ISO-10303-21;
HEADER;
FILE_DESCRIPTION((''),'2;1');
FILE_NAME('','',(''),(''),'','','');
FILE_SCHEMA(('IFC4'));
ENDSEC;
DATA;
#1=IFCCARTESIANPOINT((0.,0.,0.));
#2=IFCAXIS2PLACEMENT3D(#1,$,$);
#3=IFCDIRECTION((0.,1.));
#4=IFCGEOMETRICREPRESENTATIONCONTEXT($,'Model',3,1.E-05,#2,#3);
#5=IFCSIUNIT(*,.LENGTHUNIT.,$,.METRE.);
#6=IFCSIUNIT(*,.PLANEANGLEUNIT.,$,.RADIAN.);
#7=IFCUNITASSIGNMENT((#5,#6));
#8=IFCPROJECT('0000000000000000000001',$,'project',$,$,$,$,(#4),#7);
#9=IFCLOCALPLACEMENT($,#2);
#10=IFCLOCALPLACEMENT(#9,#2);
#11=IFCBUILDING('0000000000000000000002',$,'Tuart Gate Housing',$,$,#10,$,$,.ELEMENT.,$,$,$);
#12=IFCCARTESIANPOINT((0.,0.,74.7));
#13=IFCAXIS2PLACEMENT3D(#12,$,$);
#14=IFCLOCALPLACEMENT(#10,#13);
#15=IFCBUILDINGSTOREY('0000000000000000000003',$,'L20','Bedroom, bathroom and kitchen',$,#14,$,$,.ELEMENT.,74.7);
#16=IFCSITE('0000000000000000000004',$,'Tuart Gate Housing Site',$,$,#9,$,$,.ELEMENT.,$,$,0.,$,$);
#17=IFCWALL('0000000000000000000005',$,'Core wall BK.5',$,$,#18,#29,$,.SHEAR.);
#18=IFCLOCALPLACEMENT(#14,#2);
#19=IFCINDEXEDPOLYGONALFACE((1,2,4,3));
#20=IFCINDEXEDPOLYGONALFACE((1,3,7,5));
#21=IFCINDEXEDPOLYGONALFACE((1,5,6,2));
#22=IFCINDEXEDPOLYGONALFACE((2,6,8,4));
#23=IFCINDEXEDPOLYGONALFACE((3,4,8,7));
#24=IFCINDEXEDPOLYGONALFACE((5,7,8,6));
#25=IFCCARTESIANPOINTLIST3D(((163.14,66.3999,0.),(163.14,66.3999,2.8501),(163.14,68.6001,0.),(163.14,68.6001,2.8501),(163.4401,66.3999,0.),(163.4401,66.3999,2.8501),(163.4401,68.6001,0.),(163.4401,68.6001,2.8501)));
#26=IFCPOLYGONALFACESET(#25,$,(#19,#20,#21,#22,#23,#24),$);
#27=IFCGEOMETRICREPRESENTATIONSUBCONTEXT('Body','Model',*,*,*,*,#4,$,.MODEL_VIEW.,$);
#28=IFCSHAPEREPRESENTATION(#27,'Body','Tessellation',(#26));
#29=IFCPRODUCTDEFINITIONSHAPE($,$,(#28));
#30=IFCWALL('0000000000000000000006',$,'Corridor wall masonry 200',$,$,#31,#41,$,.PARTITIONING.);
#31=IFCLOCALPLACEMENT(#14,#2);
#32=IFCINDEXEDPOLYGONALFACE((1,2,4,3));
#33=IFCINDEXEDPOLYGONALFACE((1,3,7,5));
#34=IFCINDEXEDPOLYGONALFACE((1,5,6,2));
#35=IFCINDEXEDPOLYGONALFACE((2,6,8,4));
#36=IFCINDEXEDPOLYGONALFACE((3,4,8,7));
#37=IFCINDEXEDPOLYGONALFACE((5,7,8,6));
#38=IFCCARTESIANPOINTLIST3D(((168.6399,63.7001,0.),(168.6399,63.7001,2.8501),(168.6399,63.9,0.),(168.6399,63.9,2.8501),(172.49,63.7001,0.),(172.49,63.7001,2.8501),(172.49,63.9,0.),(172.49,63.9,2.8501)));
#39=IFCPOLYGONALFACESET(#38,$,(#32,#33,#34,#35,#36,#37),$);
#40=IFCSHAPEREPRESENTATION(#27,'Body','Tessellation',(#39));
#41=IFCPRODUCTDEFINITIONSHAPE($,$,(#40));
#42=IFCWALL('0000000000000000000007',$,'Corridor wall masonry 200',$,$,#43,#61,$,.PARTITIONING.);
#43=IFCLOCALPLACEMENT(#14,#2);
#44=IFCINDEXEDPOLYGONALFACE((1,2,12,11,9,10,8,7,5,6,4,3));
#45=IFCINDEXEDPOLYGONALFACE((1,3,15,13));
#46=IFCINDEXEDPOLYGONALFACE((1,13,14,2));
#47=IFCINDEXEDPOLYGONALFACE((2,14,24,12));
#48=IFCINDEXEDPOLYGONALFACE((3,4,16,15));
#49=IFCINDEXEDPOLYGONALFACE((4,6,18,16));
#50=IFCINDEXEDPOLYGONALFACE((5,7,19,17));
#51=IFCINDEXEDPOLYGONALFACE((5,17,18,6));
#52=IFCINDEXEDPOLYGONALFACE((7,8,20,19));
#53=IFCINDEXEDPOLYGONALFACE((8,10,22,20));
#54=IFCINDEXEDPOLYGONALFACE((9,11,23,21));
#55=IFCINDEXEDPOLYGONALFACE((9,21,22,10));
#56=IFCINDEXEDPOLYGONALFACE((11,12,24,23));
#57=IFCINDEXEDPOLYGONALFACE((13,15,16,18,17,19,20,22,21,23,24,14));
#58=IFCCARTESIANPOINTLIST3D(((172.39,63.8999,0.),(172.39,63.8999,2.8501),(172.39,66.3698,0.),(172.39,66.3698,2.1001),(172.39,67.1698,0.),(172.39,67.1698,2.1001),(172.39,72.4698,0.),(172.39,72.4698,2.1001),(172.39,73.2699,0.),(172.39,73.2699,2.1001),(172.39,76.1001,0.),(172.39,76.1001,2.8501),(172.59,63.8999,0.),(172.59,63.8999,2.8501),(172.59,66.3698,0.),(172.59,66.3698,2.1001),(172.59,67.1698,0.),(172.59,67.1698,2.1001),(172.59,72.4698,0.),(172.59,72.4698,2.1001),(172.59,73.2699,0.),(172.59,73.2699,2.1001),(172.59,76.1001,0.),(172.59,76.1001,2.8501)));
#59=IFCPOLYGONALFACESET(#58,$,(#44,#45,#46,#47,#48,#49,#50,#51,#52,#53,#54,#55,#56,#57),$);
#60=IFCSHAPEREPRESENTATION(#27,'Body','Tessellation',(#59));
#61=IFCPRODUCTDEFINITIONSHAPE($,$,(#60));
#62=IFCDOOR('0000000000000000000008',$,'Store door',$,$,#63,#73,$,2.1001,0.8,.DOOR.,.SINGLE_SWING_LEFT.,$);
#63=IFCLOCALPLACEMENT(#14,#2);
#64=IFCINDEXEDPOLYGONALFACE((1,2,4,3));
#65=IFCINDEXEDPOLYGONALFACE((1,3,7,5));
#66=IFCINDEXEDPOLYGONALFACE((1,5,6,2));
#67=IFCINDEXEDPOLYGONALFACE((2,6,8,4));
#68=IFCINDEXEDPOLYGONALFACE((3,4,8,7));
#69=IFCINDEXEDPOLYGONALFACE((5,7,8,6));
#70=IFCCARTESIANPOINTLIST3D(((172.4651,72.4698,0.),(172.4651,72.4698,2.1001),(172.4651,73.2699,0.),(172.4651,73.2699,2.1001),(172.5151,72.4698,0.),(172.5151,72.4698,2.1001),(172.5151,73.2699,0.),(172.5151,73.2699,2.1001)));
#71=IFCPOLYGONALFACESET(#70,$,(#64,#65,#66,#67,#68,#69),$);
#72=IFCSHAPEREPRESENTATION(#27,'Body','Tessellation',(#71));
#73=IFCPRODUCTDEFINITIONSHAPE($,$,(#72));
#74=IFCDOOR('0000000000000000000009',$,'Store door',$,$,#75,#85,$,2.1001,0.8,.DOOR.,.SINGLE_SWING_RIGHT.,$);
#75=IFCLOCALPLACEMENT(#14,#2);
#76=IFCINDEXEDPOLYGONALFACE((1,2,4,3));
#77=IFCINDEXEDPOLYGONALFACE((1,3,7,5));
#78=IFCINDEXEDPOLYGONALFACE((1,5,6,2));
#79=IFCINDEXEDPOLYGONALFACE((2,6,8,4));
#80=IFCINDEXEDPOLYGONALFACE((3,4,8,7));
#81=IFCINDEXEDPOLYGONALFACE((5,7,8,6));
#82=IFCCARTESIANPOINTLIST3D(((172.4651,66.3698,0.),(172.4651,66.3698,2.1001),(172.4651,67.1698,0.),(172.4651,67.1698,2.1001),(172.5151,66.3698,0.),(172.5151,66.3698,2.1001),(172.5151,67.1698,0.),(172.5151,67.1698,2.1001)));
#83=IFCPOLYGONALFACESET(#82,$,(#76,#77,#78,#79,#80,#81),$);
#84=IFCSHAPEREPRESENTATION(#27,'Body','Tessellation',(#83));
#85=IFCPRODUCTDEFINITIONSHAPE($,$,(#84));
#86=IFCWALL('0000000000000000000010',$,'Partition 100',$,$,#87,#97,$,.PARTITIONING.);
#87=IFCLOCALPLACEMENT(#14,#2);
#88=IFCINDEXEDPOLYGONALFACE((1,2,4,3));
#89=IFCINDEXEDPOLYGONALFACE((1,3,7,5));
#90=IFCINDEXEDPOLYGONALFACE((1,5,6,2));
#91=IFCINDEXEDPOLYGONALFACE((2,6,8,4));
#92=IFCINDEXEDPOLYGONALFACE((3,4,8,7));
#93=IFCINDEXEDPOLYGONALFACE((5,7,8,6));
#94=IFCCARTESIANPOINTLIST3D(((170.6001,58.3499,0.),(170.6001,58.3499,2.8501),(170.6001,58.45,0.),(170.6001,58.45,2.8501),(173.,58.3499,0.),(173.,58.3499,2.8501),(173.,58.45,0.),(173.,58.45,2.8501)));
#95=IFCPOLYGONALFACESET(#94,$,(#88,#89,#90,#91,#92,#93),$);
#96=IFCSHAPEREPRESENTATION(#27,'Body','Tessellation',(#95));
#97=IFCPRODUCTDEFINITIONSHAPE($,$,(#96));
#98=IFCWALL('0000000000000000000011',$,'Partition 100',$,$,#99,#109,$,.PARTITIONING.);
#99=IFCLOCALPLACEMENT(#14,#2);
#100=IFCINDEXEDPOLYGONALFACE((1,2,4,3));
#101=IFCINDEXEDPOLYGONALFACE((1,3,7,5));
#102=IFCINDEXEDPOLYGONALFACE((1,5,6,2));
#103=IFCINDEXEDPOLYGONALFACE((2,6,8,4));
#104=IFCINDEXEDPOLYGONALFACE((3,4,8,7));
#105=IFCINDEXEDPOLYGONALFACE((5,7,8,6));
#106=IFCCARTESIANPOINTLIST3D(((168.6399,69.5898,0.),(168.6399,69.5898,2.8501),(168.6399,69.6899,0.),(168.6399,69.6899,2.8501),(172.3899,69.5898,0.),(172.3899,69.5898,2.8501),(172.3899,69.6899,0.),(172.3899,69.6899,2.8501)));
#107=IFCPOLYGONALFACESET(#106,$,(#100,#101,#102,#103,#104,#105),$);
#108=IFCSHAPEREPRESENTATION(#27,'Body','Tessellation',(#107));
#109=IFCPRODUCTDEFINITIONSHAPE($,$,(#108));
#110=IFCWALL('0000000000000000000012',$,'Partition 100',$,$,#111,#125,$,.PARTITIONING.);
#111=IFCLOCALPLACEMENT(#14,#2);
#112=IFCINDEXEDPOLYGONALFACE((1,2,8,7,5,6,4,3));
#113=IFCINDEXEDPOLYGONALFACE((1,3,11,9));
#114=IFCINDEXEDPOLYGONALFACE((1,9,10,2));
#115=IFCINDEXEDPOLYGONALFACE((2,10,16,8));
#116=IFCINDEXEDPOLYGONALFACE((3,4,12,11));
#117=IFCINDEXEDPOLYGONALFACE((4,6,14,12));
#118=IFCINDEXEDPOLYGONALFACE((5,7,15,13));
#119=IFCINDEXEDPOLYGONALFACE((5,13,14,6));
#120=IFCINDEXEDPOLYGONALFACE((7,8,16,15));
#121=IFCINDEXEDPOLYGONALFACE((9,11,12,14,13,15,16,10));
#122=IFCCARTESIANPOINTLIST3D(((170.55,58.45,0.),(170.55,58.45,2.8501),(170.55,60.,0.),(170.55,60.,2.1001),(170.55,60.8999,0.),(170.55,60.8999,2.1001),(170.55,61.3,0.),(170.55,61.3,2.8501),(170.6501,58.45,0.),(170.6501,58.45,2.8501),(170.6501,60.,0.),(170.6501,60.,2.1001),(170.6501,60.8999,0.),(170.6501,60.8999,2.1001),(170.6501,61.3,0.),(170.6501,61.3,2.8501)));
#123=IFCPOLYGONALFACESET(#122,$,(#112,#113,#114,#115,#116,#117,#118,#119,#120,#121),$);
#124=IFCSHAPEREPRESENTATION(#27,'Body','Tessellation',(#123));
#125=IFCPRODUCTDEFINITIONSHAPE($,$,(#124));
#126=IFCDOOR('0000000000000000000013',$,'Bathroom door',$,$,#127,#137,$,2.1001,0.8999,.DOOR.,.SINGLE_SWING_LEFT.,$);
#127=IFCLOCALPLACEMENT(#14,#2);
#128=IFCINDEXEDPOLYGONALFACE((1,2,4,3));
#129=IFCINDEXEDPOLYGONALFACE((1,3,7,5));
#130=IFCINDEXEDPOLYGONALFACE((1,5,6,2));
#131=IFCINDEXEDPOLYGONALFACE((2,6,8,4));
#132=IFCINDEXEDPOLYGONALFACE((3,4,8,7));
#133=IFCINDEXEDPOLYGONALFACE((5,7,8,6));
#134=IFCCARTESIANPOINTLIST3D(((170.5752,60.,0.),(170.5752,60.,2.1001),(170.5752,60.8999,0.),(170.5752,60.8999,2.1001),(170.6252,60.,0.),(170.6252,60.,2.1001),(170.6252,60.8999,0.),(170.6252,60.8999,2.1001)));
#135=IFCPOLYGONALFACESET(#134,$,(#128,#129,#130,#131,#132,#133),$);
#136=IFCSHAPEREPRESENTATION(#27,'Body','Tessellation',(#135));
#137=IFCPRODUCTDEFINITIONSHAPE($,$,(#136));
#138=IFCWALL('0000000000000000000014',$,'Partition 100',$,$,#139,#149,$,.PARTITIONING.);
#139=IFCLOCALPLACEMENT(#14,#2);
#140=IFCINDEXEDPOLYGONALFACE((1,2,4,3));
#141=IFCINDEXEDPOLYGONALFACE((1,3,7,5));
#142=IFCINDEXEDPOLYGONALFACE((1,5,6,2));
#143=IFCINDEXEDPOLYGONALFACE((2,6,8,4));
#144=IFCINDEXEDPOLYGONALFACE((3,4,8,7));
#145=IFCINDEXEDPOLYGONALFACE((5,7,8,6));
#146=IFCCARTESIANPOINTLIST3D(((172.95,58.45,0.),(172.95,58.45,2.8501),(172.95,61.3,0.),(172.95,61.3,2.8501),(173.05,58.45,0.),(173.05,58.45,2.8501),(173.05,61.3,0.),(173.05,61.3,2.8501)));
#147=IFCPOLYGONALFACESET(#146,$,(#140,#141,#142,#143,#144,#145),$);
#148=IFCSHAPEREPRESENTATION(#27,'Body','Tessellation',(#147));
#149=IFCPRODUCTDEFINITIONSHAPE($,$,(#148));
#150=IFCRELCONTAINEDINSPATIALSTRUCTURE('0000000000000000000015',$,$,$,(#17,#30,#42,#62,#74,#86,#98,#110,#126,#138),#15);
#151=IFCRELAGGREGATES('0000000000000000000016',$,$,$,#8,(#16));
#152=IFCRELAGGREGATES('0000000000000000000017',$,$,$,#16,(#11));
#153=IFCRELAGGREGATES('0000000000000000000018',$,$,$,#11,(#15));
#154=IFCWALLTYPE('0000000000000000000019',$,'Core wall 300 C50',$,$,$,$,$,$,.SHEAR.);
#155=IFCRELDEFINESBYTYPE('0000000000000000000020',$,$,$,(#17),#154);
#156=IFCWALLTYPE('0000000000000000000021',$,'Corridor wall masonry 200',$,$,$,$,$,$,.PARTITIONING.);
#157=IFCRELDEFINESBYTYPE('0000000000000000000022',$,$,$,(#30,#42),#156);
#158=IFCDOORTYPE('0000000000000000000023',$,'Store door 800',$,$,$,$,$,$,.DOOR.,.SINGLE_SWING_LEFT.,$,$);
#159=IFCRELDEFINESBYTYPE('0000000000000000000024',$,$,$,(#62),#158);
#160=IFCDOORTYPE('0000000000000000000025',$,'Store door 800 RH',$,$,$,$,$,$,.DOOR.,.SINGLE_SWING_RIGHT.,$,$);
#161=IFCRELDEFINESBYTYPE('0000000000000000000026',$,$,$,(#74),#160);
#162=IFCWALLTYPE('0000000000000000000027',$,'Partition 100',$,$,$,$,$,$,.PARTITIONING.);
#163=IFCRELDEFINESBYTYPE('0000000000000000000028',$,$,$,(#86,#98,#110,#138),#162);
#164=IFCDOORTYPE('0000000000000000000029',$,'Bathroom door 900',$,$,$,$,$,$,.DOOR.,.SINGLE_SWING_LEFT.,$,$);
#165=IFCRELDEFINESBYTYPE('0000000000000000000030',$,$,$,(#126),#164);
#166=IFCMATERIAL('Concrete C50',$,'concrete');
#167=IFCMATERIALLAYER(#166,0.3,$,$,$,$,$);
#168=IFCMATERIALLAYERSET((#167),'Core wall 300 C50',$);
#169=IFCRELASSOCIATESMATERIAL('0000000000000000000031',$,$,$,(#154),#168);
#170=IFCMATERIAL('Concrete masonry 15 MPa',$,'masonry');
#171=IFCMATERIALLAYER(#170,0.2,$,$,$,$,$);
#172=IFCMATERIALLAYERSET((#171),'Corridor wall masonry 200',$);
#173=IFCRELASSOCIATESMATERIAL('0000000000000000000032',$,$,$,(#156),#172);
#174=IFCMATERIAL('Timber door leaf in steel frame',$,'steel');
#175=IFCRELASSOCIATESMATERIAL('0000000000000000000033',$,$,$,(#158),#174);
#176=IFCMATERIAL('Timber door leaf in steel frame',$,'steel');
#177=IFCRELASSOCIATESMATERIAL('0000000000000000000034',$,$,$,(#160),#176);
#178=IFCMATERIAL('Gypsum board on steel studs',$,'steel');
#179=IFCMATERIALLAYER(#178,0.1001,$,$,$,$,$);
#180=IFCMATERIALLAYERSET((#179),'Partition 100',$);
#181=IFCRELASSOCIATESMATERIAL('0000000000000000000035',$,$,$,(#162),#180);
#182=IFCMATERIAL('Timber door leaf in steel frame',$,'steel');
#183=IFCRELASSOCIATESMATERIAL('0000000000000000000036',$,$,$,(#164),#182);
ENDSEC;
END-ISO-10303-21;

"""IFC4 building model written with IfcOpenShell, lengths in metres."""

from ifc_helpers import new_model, si_unit, direction, frame, frame_2d, origin, place, context, subcontext, project, spatial, rectangle, extrude, material, layer, layer_set, type_object, element, fill, save


model = new_model("IFC4")

# Units and contexts
model_context = context("Model", 3, precision=1e-05, world=origin(), true_north=direction((0.0, 1.0)))
body_context = subcontext(model_context, "Body", "Model", "MODEL_VIEW")
ifc_project = project(units=[si_unit("LENGTHUNIT", "METRE"), si_unit("PLANEANGLEUNIT", "RADIAN")], contexts=[model_context])

# Site, building, storey
site_placement = place(None, origin())
site = spatial("IfcSite", under=ifc_project, at=site_placement, Name="Tuart Gate Housing Site", CompositionType="ELEMENT", RefElevation=0.0)
building_placement = place(site_placement, origin())
building = spatial("IfcBuilding", under=site, at=building_placement, Name="Tuart Gate Housing", CompositionType="ELEMENT")
storey_placement = place(building_placement, frame((0.0, 0.0, 74.7)))
storey = spatial("IfcBuildingStorey", under=building, at=storey_placement, Name="L20", Description="Bedroom, bathroom and kitchen", CompositionType="ELEMENT", Elevation=74.7)

# Walls
ifc_material_1 = material(Name="Concrete C50", Category="concrete")
ifc_layer_1 = layer(ifc_material_1, 0.3)
ifc_layer_set_1 = layer_set([ifc_layer_1], Name="Core wall 300 C50")
wall_type_1 = type_object("IfcWallType", Name="Core wall 300 C50", PredefinedType="SHEAR", material=ifc_layer_set_1)
wall_1_placement = place(storey_placement, frame((163.29, 68.6001, 0.0), z_axis=(0.0, 0.0, 1.0), x_axis=(0.0, -1.0, 0.0)))
element("IfcWall", 1, at=wall_1_placement, inside=storey, type_object=wall_type_1, Name="Core wall BK.5", PredefinedType="SHEAR", context=body_context, shape_type="SweptSolid", body=[
    extrude(rectangle(XDim=2.2002, YDim=0.3, at=frame_2d((1.1001, 0.0))), origin(), (0.0, 0.0, 1.0), 2.8501),
])
ifc_material_2 = material(Name="Concrete masonry 15 MPa", Category="masonry")
ifc_layer_2 = layer(ifc_material_2, 0.2)
ifc_layer_set_2 = layer_set([ifc_layer_2], Name="Corridor wall masonry 200")
wall_type_2 = type_object("IfcWallType", Name="Corridor wall masonry 200", PredefinedType="PARTITIONING", material=ifc_layer_set_2)
wall_2_placement = place(storey_placement, frame((168.6399, 63.8, 0.0), z_axis=(0.0, 0.0, 1.0), x_axis=(1.0, 0.0, 0.0)))
element("IfcWall", 2, at=wall_2_placement, inside=storey, type_object=wall_type_2, Name="Corridor wall masonry 200", PredefinedType="PARTITIONING", context=body_context, shape_type="SweptSolid", body=[
    extrude(rectangle(XDim=3.8501, YDim=0.2, at=frame_2d((1.925, 0.0))), origin(), (0.0, 0.0, 1.0), 2.8501),
])

# Wall, openings, doors
wall_3_placement = place(storey_placement, frame((172.49, 63.8999, 0.0), z_axis=(0.0, 0.0, 1.0), x_axis=(0.0, 1.0, 0.0)))
wall_3 = element("IfcWall", 3, at=wall_3_placement, inside=storey, type_object=wall_type_2, Name="Corridor wall masonry 200", PredefinedType="PARTITIONING", context=body_context, shape_type="SweptSolid", body=[
    extrude(rectangle(XDim=12.2002, YDim=0.2, at=frame_2d((6.1001, 0.0))), origin(), (0.0, 0.0, 1.0), 2.8501),
])
opening_1_placement = place(wall_3_placement, frame((2.47, 0.0, 0.0)))
opening_1 = element("IfcOpeningElement", 4, at=opening_1_placement, cuts=wall_3, PredefinedType="OPENING", context=body_context, shape_type="SweptSolid", body=[
    extrude(rectangle(XDim=0.8, YDim=2.1001, at=frame_2d((0.3999, 1.05))), frame((0.0, 0.1099, 0.0), z_axis=(0.0, -1.0, 0.0), x_axis=(1.0, 0.0, 0.0)), (0.0, 0.0, 1.0), 0.22),
])
opening_2_placement = place(wall_3_placement, frame((8.5701, 0.0, 0.0)))
opening_2 = element("IfcOpeningElement", 5, at=opening_2_placement, cuts=wall_3, PredefinedType="OPENING", context=body_context, shape_type="SweptSolid", body=[
    extrude(rectangle(XDim=0.8, YDim=2.1001, at=frame_2d((0.3999, 1.05))), frame((0.0, 0.1099, 0.0), z_axis=(0.0, -1.0, 0.0), x_axis=(1.0, 0.0, 0.0)), (0.0, 0.0, 1.0), 0.22),
])
ifc_material_3 = material(Name="Timber door leaf in steel frame", Category="steel")
door_type_1 = type_object("IfcDoorType", Name="Store door 800", OperationType="SINGLE_SWING_LEFT", PredefinedType="DOOR", material=ifc_material_3)
door_1_placement = place(opening_2_placement, origin())
door_1 = element("IfcDoor", 6, at=door_1_placement, inside=storey, type_object=door_type_1, Name="Store door", OperationType="SINGLE_SWING_LEFT", OverallHeight=2.1001, OverallWidth=0.8, PredefinedType="DOOR", context=body_context, shape_type="SweptSolid", body=[
    extrude(rectangle(XDim=0.8, YDim=2.1001, at=frame_2d((0.3999, 1.05))), frame((0.0, 0.0249, 0.0), z_axis=(0.0, -1.0, 0.0), x_axis=(1.0, 0.0, 0.0)), (0.0, 0.0, 1.0), 0.05),
])
fill(opening_2, door_1)
ifc_material_4 = material(Name="Timber door leaf in steel frame", Category="steel")
door_type_2 = type_object("IfcDoorType", Name="Store door 800 RH", OperationType="SINGLE_SWING_RIGHT", PredefinedType="DOOR", material=ifc_material_4)
door_2_placement = place(opening_1_placement, origin())
door_2 = element("IfcDoor", 7, at=door_2_placement, inside=storey, type_object=door_type_2, Name="Store door", OperationType="SINGLE_SWING_RIGHT", OverallHeight=2.1001, OverallWidth=0.8, PredefinedType="DOOR", context=body_context, shape_type="SweptSolid", body=[
    extrude(rectangle(XDim=0.8, YDim=2.1001, at=frame_2d((0.3999, 1.05))), frame((0.0, 0.0249, 0.0), z_axis=(0.0, -1.0, 0.0), x_axis=(1.0, 0.0, 0.0)), (0.0, 0.0, 1.0), 0.05),
])
fill(opening_1, door_2)

# Walls
ifc_material_5 = material(Name="Gypsum board on steel studs", Category="steel")
ifc_layer_3 = layer(ifc_material_5, 0.1001)
ifc_layer_set_3 = layer_set([ifc_layer_3], Name="Partition 100")
wall_type_3 = type_object("IfcWallType", Name="Partition 100", PredefinedType="PARTITIONING", material=ifc_layer_set_3)
wall_4_placement = place(storey_placement, frame((170.6001, 58.3999, 0.0), z_axis=(0.0, 0.0, 1.0), x_axis=(1.0, 0.0, 0.0)))
element("IfcWall", 8, at=wall_4_placement, inside=storey, type_object=wall_type_3, Name="Partition 100", PredefinedType="PARTITIONING", context=body_context, shape_type="SweptSolid", body=[
    extrude(rectangle(XDim=2.3999, YDim=0.1001, at=frame_2d((1.2, 0.0))), origin(), (0.0, 0.0, 1.0), 2.8501),
])
wall_5_placement = place(storey_placement, frame((168.6399, 69.6399, 0.0), z_axis=(0.0, 0.0, 1.0), x_axis=(1.0, 0.0, 0.0)))
element("IfcWall", 9, at=wall_5_placement, inside=storey, type_object=wall_type_3, Name="Partition 100", PredefinedType="PARTITIONING", context=body_context, shape_type="SweptSolid", body=[
    extrude(rectangle(XDim=3.75, YDim=0.1001, at=frame_2d((1.875, 0.0))), origin(), (0.0, 0.0, 1.0), 2.8501),
])

# Wall, opening, door
wall_6_placement = place(storey_placement, frame((170.6001, 58.45, 0.0), z_axis=(0.0, 0.0, 1.0), x_axis=(0.0, 1.0, 0.0)))
wall_6 = element("IfcWall", 10, at=wall_6_placement, inside=storey, type_object=wall_type_3, Name="Partition 100", PredefinedType="PARTITIONING", context=body_context, shape_type="SweptSolid", body=[
    extrude(rectangle(XDim=2.8501, YDim=0.1001, at=frame_2d((1.425, 0.0))), origin(), (0.0, 0.0, 1.0), 2.8501),
])
opening_3_placement = place(wall_6_placement, frame((1.55, 0.0, 0.0)))
opening_3 = element("IfcOpeningElement", 11, at=opening_3_placement, cuts=wall_6, PredefinedType="OPENING", context=body_context, shape_type="SweptSolid", body=[
    extrude(rectangle(XDim=0.8999, YDim=2.1001, at=frame_2d((0.45, 1.05))), frame((0.0, 0.0601, 0.0), z_axis=(0.0, -1.0, 0.0), x_axis=(1.0, 0.0, 0.0)), (0.0, 0.0, 1.0), 0.1201),
])
ifc_material_6 = material(Name="Timber door leaf in steel frame", Category="steel")
door_type_3 = type_object("IfcDoorType", Name="Bathroom door 900", OperationType="SINGLE_SWING_LEFT", PredefinedType="DOOR", material=ifc_material_6)
door_3_placement = place(opening_3_placement, frame((0.8999, 0.0, 0.0), z_axis=(0.0, 0.0, 1.0), x_axis=(-1.0, 0.0, 0.0)))
door_3 = element("IfcDoor", 12, at=door_3_placement, inside=storey, type_object=door_type_3, Name="Bathroom door", OperationType="SINGLE_SWING_LEFT", OverallHeight=2.1001, OverallWidth=0.8999, PredefinedType="DOOR", context=body_context, shape_type="SweptSolid", body=[
    extrude(rectangle(XDim=0.8999, YDim=2.1001, at=frame_2d((0.45, 1.05))), frame((0.0, 0.0251, 0.0), z_axis=(0.0, -1.0, 0.0), x_axis=(1.0, 0.0, 0.0)), (0.0, 0.0, 1.0), 0.05),
])
fill(opening_3, door_3)

# Wall
wall_7_placement = place(storey_placement, frame((173.0, 58.45, 0.0), z_axis=(0.0, 0.0, 1.0), x_axis=(0.0, 1.0, 0.0)))
element("IfcWall", 13, at=wall_7_placement, inside=storey, type_object=wall_type_3, Name="Partition 100", PredefinedType="PARTITIONING", context=body_context, shape_type="SweptSolid", body=[
    extrude(rectangle(XDim=2.8501, YDim=0.1001, at=frame_2d((1.425, 0.0))), origin(), (0.0, 0.0, 1.0), 2.8501),
])

save(model, "model.ifc")
